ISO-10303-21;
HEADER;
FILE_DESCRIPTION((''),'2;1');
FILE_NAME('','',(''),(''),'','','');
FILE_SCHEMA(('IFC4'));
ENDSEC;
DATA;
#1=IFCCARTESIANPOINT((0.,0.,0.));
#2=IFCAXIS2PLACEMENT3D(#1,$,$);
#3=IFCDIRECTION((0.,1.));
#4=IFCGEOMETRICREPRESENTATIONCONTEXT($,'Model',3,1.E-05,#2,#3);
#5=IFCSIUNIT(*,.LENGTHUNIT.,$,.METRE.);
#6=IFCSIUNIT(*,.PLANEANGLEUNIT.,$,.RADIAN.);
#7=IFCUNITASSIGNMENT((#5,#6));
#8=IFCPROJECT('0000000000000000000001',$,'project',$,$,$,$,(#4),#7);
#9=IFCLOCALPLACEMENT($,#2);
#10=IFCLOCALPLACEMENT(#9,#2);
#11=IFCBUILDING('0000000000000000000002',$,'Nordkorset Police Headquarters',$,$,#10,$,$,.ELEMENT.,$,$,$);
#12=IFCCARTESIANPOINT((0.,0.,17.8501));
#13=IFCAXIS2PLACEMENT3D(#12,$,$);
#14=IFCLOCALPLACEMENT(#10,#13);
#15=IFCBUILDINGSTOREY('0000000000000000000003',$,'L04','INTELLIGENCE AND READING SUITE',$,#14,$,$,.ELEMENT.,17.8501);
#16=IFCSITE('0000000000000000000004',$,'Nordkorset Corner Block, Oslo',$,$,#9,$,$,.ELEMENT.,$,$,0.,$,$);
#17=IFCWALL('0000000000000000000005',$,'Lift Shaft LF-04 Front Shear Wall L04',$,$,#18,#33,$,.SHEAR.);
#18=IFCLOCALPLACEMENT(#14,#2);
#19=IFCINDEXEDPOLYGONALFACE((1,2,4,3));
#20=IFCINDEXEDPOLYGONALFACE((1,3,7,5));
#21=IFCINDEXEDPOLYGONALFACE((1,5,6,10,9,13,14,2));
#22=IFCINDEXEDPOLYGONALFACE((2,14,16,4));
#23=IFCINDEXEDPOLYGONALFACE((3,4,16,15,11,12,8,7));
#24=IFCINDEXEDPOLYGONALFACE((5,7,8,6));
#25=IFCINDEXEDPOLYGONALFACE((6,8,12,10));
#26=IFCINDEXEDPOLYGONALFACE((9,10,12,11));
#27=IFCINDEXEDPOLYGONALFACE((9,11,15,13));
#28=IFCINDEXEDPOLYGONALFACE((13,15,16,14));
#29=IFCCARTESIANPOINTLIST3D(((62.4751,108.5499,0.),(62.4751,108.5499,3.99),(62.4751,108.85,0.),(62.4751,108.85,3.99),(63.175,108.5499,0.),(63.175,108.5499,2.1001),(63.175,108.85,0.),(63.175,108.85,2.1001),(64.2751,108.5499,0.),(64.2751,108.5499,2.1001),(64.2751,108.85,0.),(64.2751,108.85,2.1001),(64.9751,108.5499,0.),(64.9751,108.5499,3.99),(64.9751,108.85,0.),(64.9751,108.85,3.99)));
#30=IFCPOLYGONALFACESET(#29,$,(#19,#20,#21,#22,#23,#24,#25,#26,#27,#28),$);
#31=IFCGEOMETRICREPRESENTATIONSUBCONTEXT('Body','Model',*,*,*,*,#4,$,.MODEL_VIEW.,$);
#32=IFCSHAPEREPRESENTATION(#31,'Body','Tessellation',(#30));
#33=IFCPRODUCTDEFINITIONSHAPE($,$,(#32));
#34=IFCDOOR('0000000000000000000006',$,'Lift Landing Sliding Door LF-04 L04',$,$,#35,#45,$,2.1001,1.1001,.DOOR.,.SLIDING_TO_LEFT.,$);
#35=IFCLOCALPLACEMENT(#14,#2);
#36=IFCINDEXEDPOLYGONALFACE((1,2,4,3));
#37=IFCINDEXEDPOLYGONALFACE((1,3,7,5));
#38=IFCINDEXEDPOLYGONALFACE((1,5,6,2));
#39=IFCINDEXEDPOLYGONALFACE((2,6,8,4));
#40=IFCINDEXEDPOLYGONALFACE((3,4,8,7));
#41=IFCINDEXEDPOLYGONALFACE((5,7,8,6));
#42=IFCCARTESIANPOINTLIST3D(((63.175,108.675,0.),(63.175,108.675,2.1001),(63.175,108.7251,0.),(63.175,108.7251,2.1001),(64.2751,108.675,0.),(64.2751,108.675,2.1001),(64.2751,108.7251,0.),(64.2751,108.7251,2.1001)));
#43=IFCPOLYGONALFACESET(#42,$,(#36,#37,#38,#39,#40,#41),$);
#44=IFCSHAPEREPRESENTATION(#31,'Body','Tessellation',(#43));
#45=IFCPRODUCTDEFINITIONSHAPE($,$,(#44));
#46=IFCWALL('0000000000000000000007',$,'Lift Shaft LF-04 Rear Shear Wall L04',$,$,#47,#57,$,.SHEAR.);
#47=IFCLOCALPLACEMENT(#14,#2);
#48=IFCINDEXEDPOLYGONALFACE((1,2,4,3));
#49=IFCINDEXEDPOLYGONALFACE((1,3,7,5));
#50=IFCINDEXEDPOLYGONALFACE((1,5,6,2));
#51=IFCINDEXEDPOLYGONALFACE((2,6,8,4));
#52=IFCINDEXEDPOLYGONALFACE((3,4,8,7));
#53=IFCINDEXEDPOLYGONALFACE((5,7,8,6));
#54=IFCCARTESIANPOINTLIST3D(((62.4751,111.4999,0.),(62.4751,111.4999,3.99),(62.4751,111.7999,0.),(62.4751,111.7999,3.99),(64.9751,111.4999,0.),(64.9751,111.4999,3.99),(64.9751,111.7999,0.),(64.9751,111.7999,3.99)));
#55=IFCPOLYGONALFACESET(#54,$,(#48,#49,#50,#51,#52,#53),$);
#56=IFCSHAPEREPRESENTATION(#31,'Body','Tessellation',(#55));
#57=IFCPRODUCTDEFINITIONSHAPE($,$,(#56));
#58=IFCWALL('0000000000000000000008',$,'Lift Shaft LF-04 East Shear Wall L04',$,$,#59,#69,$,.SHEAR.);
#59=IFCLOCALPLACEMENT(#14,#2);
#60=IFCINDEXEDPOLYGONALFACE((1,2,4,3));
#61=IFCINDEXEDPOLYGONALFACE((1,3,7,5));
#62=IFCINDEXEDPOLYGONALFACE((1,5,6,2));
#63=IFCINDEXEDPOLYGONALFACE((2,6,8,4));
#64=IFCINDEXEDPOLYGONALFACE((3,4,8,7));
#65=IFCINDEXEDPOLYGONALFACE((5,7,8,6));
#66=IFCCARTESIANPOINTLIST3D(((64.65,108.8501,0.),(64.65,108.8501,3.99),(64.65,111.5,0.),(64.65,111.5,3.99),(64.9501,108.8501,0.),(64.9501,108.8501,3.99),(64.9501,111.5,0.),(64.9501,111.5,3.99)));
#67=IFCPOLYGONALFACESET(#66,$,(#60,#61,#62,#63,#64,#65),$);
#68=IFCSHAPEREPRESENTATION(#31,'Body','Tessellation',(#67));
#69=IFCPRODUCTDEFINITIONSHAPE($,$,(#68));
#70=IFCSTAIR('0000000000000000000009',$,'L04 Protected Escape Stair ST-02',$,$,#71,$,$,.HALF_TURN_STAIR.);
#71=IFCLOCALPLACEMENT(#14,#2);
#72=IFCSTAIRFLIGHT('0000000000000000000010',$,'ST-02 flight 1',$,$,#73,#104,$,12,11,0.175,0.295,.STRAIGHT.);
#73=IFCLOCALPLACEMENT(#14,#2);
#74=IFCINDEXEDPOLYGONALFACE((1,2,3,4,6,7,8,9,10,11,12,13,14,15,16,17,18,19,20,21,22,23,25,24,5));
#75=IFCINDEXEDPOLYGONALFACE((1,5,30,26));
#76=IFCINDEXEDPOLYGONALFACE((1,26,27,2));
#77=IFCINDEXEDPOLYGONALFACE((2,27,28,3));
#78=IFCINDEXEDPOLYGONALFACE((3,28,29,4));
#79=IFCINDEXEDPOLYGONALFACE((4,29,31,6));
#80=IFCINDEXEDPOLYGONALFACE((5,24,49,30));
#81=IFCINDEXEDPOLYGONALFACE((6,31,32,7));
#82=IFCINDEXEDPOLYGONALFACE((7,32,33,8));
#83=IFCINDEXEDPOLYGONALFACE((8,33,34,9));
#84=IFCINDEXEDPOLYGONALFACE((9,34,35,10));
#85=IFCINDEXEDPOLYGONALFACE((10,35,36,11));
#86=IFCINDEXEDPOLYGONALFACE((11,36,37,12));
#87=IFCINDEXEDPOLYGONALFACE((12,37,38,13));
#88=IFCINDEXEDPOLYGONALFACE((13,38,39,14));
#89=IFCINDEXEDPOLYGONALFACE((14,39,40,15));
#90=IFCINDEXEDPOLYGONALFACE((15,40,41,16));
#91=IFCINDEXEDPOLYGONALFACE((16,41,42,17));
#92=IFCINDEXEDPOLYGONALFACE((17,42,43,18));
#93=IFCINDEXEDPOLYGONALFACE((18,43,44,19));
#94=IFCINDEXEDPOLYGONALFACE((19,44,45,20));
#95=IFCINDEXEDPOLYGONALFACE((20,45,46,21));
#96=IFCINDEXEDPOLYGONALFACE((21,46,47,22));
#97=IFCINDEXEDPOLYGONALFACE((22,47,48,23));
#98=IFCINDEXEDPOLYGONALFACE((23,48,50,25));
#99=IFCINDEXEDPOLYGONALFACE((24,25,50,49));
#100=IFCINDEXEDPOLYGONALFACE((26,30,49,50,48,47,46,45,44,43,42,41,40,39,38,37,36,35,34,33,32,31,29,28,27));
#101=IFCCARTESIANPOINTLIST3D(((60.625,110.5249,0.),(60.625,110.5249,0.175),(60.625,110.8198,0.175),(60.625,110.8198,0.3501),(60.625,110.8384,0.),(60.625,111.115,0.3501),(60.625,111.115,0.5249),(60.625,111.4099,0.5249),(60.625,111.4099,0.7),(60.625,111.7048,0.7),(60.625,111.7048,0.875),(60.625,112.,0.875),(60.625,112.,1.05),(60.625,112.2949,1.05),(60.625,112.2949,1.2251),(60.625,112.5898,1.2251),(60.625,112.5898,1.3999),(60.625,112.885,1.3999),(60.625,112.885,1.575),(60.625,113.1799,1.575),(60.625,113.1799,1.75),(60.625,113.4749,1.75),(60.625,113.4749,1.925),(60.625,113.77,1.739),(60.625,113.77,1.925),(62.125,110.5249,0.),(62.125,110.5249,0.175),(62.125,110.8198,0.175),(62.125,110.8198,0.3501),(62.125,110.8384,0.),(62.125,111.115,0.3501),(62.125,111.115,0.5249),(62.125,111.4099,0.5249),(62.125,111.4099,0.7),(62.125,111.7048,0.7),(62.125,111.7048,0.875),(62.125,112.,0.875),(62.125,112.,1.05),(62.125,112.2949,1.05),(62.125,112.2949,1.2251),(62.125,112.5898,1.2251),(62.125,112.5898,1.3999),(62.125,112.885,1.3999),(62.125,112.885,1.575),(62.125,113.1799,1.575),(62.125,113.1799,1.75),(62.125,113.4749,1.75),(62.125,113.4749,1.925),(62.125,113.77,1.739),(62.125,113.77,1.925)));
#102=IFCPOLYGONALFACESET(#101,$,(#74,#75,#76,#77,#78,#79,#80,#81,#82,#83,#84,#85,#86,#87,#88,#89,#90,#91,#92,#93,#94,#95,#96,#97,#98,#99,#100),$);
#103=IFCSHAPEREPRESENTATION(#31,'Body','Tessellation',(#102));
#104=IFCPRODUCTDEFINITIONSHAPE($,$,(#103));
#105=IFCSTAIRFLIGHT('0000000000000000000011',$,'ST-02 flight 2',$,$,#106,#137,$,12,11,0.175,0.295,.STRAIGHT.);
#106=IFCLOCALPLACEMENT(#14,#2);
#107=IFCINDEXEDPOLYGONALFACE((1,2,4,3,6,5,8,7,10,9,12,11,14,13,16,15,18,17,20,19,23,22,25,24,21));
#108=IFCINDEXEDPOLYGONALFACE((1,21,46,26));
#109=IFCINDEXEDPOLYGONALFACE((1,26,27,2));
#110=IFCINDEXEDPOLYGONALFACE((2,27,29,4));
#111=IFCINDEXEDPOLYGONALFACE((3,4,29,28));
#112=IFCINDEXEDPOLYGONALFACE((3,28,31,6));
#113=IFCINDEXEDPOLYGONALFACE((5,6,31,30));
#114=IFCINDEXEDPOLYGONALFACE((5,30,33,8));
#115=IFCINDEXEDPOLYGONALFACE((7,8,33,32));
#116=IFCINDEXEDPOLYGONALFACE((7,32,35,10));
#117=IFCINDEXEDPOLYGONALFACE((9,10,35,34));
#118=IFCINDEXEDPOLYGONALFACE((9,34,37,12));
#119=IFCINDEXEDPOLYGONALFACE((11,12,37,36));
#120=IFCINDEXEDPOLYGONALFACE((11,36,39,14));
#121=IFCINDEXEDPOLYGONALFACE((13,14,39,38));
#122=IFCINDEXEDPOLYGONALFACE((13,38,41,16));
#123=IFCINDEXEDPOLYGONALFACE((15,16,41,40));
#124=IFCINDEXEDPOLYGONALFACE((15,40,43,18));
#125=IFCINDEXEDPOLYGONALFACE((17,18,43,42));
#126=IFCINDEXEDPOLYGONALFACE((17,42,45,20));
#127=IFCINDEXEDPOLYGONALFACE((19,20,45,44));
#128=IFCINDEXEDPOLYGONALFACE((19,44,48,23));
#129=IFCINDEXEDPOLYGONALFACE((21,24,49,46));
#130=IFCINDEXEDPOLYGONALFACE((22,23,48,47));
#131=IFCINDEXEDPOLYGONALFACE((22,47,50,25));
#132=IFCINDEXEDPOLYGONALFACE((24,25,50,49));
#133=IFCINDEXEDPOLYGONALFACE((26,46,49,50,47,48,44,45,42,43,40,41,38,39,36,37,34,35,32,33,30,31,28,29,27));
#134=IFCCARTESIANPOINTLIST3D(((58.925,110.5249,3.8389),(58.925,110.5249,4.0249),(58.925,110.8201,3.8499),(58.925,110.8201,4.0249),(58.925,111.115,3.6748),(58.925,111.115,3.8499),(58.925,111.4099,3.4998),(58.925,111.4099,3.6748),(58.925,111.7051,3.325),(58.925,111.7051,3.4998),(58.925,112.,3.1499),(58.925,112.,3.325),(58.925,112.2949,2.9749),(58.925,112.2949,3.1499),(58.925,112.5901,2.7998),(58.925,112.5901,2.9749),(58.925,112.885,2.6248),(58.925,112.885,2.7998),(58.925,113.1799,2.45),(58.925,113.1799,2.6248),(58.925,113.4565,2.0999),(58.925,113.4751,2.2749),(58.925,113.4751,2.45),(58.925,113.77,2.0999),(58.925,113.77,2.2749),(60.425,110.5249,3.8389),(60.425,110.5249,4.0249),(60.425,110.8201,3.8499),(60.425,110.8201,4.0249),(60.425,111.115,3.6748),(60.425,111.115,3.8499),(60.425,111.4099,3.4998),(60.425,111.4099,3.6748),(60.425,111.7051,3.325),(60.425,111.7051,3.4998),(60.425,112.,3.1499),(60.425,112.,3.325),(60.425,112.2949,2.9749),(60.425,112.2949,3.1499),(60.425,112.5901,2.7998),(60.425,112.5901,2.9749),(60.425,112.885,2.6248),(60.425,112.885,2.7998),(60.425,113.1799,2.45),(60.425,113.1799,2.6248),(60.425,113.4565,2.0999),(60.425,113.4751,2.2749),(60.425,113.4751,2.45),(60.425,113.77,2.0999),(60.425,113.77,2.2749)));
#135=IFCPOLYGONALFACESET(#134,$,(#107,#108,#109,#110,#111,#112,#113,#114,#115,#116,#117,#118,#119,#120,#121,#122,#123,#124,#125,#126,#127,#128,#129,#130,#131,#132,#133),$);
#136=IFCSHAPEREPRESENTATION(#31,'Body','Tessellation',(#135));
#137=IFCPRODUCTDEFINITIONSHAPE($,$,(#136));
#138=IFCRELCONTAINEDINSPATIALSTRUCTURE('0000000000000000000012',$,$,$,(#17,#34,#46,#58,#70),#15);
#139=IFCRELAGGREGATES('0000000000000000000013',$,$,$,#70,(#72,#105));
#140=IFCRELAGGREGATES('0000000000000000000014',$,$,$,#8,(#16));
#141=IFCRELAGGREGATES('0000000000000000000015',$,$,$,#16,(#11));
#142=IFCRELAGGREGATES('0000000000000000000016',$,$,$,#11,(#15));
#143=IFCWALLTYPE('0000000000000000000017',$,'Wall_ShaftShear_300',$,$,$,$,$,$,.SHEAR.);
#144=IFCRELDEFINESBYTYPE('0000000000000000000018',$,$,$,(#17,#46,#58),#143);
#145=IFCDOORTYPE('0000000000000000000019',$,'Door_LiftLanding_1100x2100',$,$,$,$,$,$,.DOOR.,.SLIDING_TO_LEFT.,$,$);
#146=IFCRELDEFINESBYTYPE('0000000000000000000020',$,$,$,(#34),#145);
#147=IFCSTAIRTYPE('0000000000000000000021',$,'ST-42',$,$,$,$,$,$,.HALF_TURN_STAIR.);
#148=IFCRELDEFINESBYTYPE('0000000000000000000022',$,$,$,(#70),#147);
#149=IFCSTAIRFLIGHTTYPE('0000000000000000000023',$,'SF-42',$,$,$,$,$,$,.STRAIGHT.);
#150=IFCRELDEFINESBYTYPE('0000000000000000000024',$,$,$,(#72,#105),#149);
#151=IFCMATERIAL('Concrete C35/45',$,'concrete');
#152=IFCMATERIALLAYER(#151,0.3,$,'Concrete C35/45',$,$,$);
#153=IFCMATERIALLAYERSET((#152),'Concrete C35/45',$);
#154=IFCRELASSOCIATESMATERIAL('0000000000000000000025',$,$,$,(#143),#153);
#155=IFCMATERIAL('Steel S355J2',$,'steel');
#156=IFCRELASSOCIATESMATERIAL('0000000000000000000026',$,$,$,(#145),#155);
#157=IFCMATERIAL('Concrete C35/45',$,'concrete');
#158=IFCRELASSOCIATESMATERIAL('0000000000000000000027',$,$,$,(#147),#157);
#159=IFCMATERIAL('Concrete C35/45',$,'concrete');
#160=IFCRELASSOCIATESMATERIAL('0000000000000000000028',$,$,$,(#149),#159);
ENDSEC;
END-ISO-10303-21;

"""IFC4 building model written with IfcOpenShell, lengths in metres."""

from ifc_helpers import new_model, si_unit, direction, frame, frame_2d, origin, place, context, subcontext, project, spatial, polyline, rectangle, outline, extrude, material, layer, layer_set, type_object, element, fill, aggregate, save


model = new_model("IFC4")

# Units and contexts
model_context = context("Model", 3, precision=1e-05, world=origin(), true_north=direction((0.0, 1.0)))
body_context = subcontext(model_context, "Body", "Model", "MODEL_VIEW")
ifc_project = project(units=[si_unit("LENGTHUNIT", "METRE"), si_unit("PLANEANGLEUNIT", "RADIAN")], contexts=[model_context])

# Site, building, storey
site_placement = place(None, origin())
site = spatial("IfcSite", under=ifc_project, at=site_placement, Name="Nordkorset Corner Block, Oslo", CompositionType="ELEMENT", RefElevation=0.0)
building_placement = place(site_placement, origin())
building = spatial("IfcBuilding", under=site, at=building_placement, Name="Nordkorset Police Headquarters", CompositionType="ELEMENT")
storey_placement = place(building_placement, frame((0.0, 0.0, 17.8501)))
storey = spatial("IfcBuildingStorey", under=building, at=storey_placement, Name="L04", Description="INTELLIGENCE AND READING SUITE", CompositionType="ELEMENT", Elevation=17.8501)

# Wall, opening, door
ifc_material_1 = material(Name="Concrete C35/45", Category="concrete")
ifc_layer_1 = layer(ifc_material_1, 0.3, Name="Concrete C35/45")
ifc_layer_set_1 = layer_set([ifc_layer_1], Name="Concrete C35/45")
wall_type_1 = type_object("IfcWallType", Name="Wall_ShaftShear_300", PredefinedType="SHEAR", material=ifc_layer_set_1)
wall_1_placement = place(storey_placement, frame((62.4751, 108.7, 0.0), z_axis=(0.0, 0.0, 1.0), x_axis=(1.0, 0.0, 0.0)))
wall_1 = element("IfcWall", 1, at=wall_1_placement, inside=storey, type_object=wall_type_1, Name="Lift Shaft LF-04 Front Shear Wall L04", PredefinedType="SHEAR", context=body_context, shape_type="SweptSolid", body=[
    extrude(rectangle(XDim=2.5, YDim=0.3, at=frame_2d((1.25, 0.0))), origin(), (0.0, 0.0, 1.0), 3.99),
])
opening_1_placement = place(wall_1_placement, frame((0.7, 0.0, 0.0)))
opening_1 = element("IfcOpeningElement", 2, at=opening_1_placement, cuts=wall_1, PredefinedType="OPENING", context=body_context, shape_type="SweptSolid", body=[
    extrude(rectangle(XDim=1.1001, YDim=2.1001, at=frame_2d((0.55, 1.05))), frame((0.0, 0.1602, 0.0), z_axis=(0.0, -1.0, 0.0), x_axis=(1.0, 0.0, 0.0)), (0.0, 0.0, 1.0), 0.3201),
])
ifc_material_2 = material(Name="Steel S355J2", Category="steel")
door_type_1 = type_object("IfcDoorType", Name="Door_LiftLanding_1100x2100", OperationType="SLIDING_TO_LEFT", PredefinedType="DOOR", material=ifc_material_2)
door_1_placement = place(opening_1_placement, frame((1.1001, 0.0, 0.0), z_axis=(0.0, 0.0, 1.0), x_axis=(-1.0, 0.0, 0.0)))
door_1 = element("IfcDoor", 3, at=door_1_placement, inside=storey, type_object=door_type_1, Name="Lift Landing Sliding Door LF-04 L04", OperationType="SLIDING_TO_LEFT", OverallHeight=2.1001, OverallWidth=1.1001, PredefinedType="DOOR", context=body_context, shape_type="SweptSolid", body=[
    extrude(rectangle(XDim=1.1001, YDim=2.1001, at=frame_2d((0.55, 1.05))), frame((0.0, 0.0249, 0.0), z_axis=(0.0, -1.0, 0.0), x_axis=(1.0, 0.0, 0.0)), (0.0, 0.0, 1.0), 0.05),
])
fill(opening_1, door_1)

# Walls
wall_2_placement = place(storey_placement, frame((62.4751, 111.6499, 0.0), z_axis=(0.0, 0.0, 1.0), x_axis=(1.0, 0.0, 0.0)))
element("IfcWall", 4, at=wall_2_placement, inside=storey, type_object=wall_type_1, Name="Lift Shaft LF-04 Rear Shear Wall L04", PredefinedType="SHEAR", context=body_context, shape_type="SweptSolid", body=[
    extrude(rectangle(XDim=2.5, YDim=0.3, at=frame_2d((1.25, 0.0))), origin(), (0.0, 0.0, 1.0), 3.99),
])
wall_3_placement = place(storey_placement, frame((64.8, 108.8501, 0.0), z_axis=(0.0, 0.0, 1.0), x_axis=(0.0, 1.0, 0.0)))
element("IfcWall", 5, at=wall_3_placement, inside=storey, type_object=wall_type_1, Name="Lift Shaft LF-04 East Shear Wall L04", PredefinedType="SHEAR", context=body_context, shape_type="SweptSolid", body=[
    extrude(rectangle(XDim=2.6499, YDim=0.3, at=frame_2d((1.325, 0.0))), origin(), (0.0, 0.0, 1.0), 3.99),
])

# Stair, stair flights
ifc_material_3 = material(Name="Concrete C35/45", Category="concrete")
stair_type = type_object("IfcStairType", Name="ST-42", PredefinedType="HALF_TURN_STAIR", material=ifc_material_3)
stair_placement = place(storey_placement, origin())
stair = element("IfcStair", 6, at=stair_placement, inside=storey, type_object=stair_type, Name="L04 Protected Escape Stair ST-02", PredefinedType="HALF_TURN_STAIR")
ifc_material_4 = material(Name="Concrete C35/45", Category="concrete")
stair_flight_type = type_object("IfcStairFlightType", Name="SF-42", PredefinedType="STRAIGHT", material=ifc_material_4)
stair_flight_1_placement = place(storey_placement, frame((61.375, 110.5249, 0.0), z_axis=(0.0, 0.0, 1.0), x_axis=(0.0, 1.0, 0.0)))
stair_flight_1 = element("IfcStairFlight", 7, at=stair_flight_1_placement, type_object=stair_flight_type, Name="ST-02 flight 1", NumberOfRisers=12, NumberOfTreads=11, PredefinedType="STRAIGHT", RiserHeight=0.175, TreadLength=0.295, context=body_context, shape_type="SweptSolid", body=[
    extrude(outline(polyline([(0.0, 0.0), (0.0, 0.175), (0.2949, 0.175), (0.2949, 0.3501), (0.5901, 0.3501), (0.5901, 0.5249), (0.885, 0.5249), (0.885, 0.7), (1.1799, 0.7), (1.1799, 0.875), (1.4751, 0.875), (1.4751, 1.05), (1.77, 1.05), (1.77, 1.2251), (2.0649, 1.2251), (2.0649, 1.3999), (2.3601, 1.3999), (2.3601, 1.575), (2.655, 1.575), (2.655, 1.75), (2.95, 1.75), (2.95, 1.925), (3.2451, 1.925), (3.2451, 2.1001), (3.2451, 1.739), (0.3135, 0.0), (0.0, 0.0)])), frame((0.0, 0.75, 0.0), z_axis=(0.0, -1.0, 0.0), x_axis=(1.0, 0.0, 0.0)), (0.0, 0.0, 1.0), 1.5),
])
stair_flight_2_placement = place(storey_placement, frame((59.675, 113.77, 2.0999), z_axis=(0.0, 0.0, 1.0), x_axis=(0.0, -1.0, 0.0)))
stair_flight_2 = element("IfcStairFlight", 8, at=stair_flight_2_placement, type_object=stair_flight_type, Name="ST-02 flight 2", NumberOfRisers=12, NumberOfTreads=11, PredefinedType="STRAIGHT", RiserHeight=0.175, TreadLength=0.295, context=body_context, shape_type="SweptSolid", body=[
    extrude(outline(polyline([(0.0, 0.0), (0.0, 0.175), (0.2949, 0.175), (0.2949, 0.3501), (0.5901, 0.3501), (0.5901, 0.5249), (0.885, 0.5249), (0.885, 0.7), (1.1799, 0.7), (1.1799, 0.875), (1.4751, 0.875), (1.4751, 1.05), (1.77, 1.05), (1.77, 1.2251), (2.0649, 1.2251), (2.0649, 1.3999), (2.3601, 1.3999), (2.3601, 1.575), (2.655, 1.575), (2.655, 1.75), (2.95, 1.75), (2.95, 1.925), (3.2451, 1.925), (3.2451, 2.1001), (3.2451, 1.739), (0.3135, 0.0), (0.0, 0.0)])), frame((0.0, 0.75, 0.0), z_axis=(0.0, -1.0, 0.0), x_axis=(1.0, 0.0, 0.0)), (0.0, 0.0, 1.0), 1.5),
])
aggregate(stair, [stair_flight_1, stair_flight_2])

save(model, "model.ifc")
